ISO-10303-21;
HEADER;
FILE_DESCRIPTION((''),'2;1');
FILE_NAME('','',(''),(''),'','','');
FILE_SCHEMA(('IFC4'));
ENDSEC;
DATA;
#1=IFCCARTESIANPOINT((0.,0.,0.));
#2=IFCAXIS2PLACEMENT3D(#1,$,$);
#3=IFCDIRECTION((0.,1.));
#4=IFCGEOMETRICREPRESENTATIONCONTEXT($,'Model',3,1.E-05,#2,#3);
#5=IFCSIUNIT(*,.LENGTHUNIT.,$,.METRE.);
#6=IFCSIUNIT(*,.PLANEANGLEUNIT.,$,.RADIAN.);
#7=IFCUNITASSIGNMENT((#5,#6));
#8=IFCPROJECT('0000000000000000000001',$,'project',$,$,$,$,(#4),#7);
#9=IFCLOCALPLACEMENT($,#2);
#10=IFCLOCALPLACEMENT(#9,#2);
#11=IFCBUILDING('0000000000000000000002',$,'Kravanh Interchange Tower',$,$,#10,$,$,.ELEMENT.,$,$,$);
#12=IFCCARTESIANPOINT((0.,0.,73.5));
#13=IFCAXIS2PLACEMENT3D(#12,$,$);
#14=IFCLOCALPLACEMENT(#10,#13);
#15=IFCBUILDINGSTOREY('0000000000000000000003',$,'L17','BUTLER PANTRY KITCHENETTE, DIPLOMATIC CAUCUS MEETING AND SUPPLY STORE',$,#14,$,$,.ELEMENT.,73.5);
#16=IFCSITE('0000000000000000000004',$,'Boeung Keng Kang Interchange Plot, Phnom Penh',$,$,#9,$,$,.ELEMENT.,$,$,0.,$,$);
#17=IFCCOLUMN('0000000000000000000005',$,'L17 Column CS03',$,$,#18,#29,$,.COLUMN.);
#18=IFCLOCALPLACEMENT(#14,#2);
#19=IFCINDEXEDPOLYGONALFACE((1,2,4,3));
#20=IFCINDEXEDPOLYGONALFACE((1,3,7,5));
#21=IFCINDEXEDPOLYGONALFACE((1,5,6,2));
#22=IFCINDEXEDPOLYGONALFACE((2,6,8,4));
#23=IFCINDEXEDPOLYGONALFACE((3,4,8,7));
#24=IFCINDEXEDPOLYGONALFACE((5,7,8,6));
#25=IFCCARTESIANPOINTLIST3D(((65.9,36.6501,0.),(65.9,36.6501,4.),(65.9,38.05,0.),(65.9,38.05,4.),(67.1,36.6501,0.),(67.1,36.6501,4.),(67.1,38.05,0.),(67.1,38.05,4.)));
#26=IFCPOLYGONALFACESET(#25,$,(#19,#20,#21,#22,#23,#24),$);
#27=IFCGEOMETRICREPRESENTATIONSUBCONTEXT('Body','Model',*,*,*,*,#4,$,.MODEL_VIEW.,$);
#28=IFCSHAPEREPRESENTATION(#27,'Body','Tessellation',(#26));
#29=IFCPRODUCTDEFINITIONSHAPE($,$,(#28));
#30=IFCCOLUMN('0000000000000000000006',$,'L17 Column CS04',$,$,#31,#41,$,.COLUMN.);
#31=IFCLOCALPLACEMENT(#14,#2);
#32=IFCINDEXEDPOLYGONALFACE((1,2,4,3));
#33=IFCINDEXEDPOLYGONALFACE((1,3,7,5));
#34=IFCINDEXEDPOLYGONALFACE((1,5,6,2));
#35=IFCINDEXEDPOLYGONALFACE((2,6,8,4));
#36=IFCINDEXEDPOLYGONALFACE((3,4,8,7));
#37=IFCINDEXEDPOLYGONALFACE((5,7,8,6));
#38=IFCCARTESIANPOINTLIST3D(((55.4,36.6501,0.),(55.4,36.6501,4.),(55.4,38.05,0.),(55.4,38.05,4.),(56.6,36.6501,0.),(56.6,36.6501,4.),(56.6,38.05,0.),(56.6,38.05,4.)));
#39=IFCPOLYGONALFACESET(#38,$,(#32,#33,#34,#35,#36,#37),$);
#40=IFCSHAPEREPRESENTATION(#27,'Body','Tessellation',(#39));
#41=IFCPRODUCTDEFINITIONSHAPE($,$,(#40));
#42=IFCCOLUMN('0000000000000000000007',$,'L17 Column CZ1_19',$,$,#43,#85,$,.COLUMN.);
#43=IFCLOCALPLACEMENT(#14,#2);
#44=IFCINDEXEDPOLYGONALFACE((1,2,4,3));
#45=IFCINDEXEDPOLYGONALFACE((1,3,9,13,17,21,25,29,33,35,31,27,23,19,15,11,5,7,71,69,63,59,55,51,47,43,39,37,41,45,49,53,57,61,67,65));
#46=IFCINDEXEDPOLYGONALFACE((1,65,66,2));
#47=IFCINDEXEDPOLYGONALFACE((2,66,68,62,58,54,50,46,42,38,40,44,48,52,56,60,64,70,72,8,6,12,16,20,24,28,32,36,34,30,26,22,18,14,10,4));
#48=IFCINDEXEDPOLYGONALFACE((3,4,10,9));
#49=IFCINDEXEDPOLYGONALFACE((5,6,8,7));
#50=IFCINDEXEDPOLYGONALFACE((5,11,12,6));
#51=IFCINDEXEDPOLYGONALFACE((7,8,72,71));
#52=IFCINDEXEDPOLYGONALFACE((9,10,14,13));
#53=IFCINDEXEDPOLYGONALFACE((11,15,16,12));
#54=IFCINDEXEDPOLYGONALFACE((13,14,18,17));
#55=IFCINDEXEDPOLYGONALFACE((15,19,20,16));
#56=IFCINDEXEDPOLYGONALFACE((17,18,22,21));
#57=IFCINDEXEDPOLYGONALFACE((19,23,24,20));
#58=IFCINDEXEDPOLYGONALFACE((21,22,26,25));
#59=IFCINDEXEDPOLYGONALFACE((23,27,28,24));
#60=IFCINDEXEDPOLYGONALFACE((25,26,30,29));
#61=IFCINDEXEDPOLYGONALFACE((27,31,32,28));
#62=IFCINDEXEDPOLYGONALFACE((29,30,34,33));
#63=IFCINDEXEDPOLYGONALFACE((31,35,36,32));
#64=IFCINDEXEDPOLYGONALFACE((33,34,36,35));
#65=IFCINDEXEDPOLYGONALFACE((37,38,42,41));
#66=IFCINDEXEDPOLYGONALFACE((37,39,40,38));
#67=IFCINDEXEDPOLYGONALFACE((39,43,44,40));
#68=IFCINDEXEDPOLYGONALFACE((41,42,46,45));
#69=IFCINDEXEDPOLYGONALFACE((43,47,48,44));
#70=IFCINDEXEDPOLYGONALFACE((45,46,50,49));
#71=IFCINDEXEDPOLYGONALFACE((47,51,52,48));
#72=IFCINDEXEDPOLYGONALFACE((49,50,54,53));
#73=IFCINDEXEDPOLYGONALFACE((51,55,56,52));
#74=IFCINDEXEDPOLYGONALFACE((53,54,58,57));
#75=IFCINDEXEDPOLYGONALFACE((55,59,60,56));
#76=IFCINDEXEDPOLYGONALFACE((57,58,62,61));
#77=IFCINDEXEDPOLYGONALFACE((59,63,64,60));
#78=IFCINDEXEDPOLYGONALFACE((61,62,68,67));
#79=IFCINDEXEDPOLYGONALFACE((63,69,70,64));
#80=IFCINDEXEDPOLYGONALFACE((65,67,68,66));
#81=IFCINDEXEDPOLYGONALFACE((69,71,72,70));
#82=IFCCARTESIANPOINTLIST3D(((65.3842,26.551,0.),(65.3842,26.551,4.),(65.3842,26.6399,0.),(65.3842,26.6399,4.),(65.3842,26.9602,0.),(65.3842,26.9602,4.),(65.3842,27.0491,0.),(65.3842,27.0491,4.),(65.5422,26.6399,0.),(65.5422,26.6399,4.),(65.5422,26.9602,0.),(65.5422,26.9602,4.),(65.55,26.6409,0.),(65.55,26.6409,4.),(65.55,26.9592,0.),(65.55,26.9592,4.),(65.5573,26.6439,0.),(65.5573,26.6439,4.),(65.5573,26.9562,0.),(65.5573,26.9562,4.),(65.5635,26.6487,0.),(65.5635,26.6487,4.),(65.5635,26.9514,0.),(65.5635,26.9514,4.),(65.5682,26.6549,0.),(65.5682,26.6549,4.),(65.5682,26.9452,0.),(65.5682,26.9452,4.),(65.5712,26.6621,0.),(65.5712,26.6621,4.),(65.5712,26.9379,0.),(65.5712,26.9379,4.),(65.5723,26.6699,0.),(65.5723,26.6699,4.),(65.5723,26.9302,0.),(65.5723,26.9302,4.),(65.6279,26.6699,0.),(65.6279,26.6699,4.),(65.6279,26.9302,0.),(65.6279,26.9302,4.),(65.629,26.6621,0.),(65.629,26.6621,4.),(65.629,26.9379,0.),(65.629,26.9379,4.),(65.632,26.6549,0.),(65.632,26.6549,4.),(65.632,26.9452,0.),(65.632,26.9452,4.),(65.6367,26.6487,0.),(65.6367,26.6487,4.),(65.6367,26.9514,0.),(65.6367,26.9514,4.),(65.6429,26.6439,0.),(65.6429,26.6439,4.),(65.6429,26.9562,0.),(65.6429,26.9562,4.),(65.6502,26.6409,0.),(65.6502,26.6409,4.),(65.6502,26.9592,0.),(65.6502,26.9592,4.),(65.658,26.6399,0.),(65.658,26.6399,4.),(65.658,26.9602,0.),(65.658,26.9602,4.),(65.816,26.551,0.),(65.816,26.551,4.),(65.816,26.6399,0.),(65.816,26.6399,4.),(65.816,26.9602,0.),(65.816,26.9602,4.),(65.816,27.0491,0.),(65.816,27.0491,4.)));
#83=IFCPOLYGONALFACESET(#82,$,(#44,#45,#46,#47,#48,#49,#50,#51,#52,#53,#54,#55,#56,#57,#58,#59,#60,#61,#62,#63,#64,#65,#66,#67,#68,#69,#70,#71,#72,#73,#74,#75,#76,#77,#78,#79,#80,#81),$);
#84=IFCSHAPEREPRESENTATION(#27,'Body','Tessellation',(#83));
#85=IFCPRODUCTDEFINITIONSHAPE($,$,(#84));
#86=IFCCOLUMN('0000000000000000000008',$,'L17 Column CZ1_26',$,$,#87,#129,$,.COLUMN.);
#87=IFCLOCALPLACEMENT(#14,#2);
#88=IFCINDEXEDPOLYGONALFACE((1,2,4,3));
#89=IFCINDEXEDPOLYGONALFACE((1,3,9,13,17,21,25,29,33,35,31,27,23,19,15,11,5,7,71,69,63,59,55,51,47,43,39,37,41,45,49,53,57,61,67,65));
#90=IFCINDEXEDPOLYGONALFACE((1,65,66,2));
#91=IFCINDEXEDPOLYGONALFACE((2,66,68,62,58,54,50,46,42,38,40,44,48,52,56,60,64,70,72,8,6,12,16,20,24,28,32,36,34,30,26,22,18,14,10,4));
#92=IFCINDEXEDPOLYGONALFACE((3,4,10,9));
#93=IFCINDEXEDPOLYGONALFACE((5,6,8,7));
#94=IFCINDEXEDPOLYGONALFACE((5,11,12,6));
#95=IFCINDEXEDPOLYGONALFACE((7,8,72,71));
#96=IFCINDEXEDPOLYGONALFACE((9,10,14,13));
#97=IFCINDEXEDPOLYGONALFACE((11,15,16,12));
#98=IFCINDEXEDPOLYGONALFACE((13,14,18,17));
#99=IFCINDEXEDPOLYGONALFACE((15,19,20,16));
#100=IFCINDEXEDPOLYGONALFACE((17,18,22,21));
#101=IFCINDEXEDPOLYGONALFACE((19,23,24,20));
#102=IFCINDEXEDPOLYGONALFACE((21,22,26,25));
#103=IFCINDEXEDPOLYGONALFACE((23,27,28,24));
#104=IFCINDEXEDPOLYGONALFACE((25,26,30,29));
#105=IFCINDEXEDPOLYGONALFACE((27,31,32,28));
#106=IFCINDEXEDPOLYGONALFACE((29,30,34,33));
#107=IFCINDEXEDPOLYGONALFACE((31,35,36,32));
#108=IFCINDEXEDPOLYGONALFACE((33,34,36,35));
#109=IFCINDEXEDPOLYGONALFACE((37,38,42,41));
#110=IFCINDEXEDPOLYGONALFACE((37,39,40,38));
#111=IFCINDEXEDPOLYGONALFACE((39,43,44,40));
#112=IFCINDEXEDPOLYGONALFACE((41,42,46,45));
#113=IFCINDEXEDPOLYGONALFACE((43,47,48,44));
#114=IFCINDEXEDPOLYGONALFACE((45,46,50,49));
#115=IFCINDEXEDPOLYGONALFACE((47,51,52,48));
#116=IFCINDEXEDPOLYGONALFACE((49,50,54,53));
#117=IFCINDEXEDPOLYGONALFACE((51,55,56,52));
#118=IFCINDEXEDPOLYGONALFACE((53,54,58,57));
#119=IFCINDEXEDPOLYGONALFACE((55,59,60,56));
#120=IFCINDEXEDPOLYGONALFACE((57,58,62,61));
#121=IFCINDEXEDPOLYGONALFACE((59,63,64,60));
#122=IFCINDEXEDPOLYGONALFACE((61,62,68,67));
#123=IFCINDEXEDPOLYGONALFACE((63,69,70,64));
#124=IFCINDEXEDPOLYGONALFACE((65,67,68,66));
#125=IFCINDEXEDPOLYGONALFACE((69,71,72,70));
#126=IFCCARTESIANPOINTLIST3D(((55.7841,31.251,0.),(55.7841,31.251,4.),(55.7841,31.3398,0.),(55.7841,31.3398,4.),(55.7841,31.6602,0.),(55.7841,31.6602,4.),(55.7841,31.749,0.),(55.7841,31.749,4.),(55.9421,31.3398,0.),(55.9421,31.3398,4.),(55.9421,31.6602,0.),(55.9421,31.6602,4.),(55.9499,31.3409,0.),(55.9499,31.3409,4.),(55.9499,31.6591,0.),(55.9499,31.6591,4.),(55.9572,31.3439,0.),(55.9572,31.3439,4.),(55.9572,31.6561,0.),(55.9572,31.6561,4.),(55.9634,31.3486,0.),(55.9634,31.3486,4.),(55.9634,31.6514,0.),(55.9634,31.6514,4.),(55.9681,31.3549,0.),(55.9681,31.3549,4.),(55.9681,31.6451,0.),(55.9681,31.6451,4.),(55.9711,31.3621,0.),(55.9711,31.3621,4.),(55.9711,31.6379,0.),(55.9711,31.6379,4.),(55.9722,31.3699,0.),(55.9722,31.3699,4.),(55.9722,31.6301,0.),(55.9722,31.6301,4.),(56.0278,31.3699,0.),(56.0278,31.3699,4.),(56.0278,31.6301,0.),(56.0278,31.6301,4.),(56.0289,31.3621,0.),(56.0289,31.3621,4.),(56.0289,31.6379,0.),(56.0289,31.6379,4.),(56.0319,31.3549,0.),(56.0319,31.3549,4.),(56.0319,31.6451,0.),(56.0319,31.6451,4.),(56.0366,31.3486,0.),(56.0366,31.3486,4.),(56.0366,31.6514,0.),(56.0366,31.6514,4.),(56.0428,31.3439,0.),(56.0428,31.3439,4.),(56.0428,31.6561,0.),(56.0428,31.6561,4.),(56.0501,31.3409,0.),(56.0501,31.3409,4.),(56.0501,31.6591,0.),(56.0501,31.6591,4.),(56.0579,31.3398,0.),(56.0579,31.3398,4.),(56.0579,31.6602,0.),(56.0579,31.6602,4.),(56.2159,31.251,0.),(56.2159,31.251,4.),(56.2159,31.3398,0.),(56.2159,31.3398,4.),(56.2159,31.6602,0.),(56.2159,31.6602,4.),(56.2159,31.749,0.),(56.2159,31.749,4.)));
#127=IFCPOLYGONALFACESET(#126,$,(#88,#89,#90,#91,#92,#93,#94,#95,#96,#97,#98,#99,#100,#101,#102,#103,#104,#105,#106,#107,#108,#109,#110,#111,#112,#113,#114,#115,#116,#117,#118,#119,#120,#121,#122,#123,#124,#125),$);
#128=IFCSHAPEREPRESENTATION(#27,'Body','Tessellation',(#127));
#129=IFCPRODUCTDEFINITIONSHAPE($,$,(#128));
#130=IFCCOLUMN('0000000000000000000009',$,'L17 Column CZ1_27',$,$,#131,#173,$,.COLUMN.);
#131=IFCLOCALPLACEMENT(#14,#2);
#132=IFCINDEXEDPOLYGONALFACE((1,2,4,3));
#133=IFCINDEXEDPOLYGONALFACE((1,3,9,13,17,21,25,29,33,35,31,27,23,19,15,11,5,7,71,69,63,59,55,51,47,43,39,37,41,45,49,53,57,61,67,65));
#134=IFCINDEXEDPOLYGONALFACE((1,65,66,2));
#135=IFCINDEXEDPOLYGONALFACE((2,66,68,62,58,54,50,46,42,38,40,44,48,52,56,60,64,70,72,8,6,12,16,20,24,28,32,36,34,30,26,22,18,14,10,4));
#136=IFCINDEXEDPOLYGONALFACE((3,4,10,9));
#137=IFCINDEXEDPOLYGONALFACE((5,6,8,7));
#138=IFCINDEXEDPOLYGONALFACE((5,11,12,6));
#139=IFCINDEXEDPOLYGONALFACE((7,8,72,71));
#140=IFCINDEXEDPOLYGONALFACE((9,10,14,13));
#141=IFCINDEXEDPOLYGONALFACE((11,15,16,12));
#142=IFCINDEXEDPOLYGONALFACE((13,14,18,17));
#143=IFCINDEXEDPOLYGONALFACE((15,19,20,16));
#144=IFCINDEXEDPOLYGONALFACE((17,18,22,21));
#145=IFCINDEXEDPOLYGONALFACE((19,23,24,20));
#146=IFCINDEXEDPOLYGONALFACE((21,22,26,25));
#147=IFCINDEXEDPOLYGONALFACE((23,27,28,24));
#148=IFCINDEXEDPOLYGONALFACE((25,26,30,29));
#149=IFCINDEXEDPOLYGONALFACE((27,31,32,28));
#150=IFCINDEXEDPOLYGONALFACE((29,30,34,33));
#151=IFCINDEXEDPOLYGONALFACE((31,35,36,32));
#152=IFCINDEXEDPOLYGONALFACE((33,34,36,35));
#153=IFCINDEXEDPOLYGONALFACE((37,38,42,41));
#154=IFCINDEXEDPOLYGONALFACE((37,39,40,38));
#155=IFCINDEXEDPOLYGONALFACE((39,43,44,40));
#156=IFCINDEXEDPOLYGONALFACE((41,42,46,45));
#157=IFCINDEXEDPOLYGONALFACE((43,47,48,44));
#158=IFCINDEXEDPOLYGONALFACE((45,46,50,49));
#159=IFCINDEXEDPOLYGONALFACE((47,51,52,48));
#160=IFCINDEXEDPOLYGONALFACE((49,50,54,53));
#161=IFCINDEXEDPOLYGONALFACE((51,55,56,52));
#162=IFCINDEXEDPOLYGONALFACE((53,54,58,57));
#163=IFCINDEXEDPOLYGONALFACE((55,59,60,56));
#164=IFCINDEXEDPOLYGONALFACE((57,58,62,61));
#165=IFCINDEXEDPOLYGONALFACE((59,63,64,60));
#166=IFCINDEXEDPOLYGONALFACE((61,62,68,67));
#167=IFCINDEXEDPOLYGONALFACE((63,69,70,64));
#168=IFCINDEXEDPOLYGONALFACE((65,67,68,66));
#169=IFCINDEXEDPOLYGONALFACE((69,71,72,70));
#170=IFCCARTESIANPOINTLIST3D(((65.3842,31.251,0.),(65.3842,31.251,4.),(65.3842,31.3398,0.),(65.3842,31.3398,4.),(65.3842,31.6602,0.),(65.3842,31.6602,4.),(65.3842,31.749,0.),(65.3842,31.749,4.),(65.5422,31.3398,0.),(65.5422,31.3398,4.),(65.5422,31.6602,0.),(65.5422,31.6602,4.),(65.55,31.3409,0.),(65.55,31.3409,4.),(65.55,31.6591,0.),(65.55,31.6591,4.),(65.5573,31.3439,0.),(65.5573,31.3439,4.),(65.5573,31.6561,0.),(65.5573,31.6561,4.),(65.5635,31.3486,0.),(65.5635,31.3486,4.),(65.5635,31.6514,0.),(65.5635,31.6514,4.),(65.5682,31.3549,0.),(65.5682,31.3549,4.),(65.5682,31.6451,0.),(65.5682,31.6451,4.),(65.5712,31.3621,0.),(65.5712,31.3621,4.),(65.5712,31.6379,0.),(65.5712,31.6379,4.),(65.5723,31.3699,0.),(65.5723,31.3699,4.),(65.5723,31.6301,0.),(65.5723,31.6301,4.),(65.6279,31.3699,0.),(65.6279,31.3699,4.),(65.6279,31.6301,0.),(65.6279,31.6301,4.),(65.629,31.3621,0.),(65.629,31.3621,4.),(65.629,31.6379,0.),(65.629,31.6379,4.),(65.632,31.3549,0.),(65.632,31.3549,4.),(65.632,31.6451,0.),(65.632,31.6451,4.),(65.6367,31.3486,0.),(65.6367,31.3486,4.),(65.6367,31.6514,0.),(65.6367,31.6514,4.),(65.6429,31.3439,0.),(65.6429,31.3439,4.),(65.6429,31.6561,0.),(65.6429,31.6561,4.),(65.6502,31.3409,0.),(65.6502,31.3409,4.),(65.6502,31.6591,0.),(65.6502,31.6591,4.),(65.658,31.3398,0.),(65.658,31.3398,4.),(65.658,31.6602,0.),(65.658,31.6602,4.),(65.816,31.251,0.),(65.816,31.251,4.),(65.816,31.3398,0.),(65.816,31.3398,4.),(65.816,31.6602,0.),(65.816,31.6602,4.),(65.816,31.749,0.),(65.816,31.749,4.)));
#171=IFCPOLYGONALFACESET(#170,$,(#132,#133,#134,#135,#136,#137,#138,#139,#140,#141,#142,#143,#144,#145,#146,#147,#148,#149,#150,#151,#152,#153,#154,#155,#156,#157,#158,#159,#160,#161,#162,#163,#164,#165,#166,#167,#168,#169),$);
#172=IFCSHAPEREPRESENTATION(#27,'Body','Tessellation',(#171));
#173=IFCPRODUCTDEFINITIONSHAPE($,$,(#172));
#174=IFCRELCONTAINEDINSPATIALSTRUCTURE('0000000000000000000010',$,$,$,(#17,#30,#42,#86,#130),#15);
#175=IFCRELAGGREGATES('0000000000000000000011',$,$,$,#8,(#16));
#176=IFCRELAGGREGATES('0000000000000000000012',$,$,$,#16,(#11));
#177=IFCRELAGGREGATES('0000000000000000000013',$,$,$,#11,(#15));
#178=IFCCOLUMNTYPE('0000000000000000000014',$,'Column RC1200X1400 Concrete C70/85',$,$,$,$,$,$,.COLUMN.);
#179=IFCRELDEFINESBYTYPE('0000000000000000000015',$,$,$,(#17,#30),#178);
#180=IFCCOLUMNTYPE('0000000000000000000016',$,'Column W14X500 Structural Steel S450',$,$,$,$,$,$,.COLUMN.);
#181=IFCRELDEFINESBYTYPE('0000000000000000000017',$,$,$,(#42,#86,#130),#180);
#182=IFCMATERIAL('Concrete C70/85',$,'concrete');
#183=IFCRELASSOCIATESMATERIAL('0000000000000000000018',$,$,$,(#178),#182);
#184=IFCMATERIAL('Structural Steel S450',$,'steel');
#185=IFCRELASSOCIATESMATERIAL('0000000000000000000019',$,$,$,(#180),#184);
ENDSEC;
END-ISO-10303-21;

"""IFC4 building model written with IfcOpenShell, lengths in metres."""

from ifc_helpers import new_model, si_unit, direction, frame, origin, origin_2d, place, context, subcontext, project, spatial, rectangle, i_section, extrude, material, material_profile, profile_set, type_object, element, save


model = new_model("IFC4")

# Units and contexts
model_context = context("Model", 3, precision=1e-05, world=origin(), true_north=direction((0.0, 1.0)))
body_context = subcontext(model_context, "Body", "Model", "MODEL_VIEW")
ifc_project = project(units=[si_unit("LENGTHUNIT", "METRE"), si_unit("PLANEANGLEUNIT", "RADIAN")], contexts=[model_context])

# Site, building, storey
site_placement = place(None, origin())
site = spatial("IfcSite", under=ifc_project, at=site_placement, Name="Boeung Keng Kang Interchange Plot, Phnom Penh", CompositionType="ELEMENT", RefElevation=0.0)
building_placement = place(site_placement, origin())
building = spatial("IfcBuilding", under=site, at=building_placement, Name="Kravanh Interchange Tower", CompositionType="ELEMENT")
storey_placement = place(building_placement, frame((0.0, 0.0, 73.5)))
storey = spatial("IfcBuildingStorey", under=building, at=storey_placement, Name="L17", Description="BUTLER PANTRY KITCHENETTE, DIPLOMATIC CAUCUS MEETING AND SUPPLY STORE", CompositionType="ELEMENT", Elevation=73.5)

# Columns
ifc_material_1 = material(Name="Concrete C70/85", Category="concrete")
ifc_material_profile_1 = material_profile(ifc_material_1, rectangle(XDim=1.2, YDim=1.3999, at=origin_2d()), Name="RC1200X1400")
ifc_profile_set_1 = profile_set([ifc_material_profile_1], Name="Concrete C70/85")
column_type_1 = type_object("IfcColumnType", Name="Column RC1200X1400 Concrete C70/85", PredefinedType="COLUMN", material=ifc_profile_set_1)
for number, where, z_axis, x_axis, name in (
    (1, (66.5, 37.3501, 0.0), (0.0, 0.0, 1.0), (1.0, 0.0, 0.0), "L17 Column CS03"),
    (2, (56.0, 37.3501, 0.0), (0.0, 0.0, 1.0), (1.0, 0.0, 0.0), "L17 Column CS04"),
):
    element("IfcColumn", number, at=place(storey_placement, frame(where, z_axis=z_axis, x_axis=x_axis)), inside=storey, type_object=column_type_1, Name=name, PredefinedType="COLUMN", context=body_context, shape_type="SweptSolid", body=[
        extrude(rectangle(XDim=1.2, YDim=1.3999, at=origin_2d()), origin(), (0.0, 0.0, 1.0), 4.0),
    ])
ifc_material_2 = material(Name="Structural Steel S450", Category="steel")
ifc_material_profile_2 = material_profile(ifc_material_2, i_section(OverallWidth=0.4319, OverallDepth=0.498, WebThickness=0.0557, FlangeThickness=0.0889, FilletRadius=0.03, at=origin_2d()), Name="W14X500")
ifc_profile_set_2 = profile_set([ifc_material_profile_2], Name="Structural Steel S450")
column_type_2 = type_object("IfcColumnType", Name="Column W14X500 Structural Steel S450", PredefinedType="COLUMN", material=ifc_profile_set_2)
for number, where, z_axis, x_axis, name in (
    (3, (65.6001, 26.8, 0.0), (0.0, 0.0, 1.0), (1.0, 0.0, 0.0), "L17 Column CZ1_19"),
    (4, (56.0, 31.5, 0.0), (0.0, 0.0, 1.0), (1.0, 0.0, 0.0), "L17 Column CZ1_26"),
    (5, (65.6001, 31.5, 0.0), (0.0, 0.0, 1.0), (1.0, 0.0, 0.0), "L17 Column CZ1_27"),
):
    element("IfcColumn", number, at=place(storey_placement, frame(where, z_axis=z_axis, x_axis=x_axis)), inside=storey, type_object=column_type_2, Name=name, PredefinedType="COLUMN", context=body_context, shape_type="SweptSolid", body=[
        extrude(i_section(OverallWidth=0.4319, OverallDepth=0.498, WebThickness=0.0557, FlangeThickness=0.0889, FilletRadius=0.03, at=origin_2d()), origin(), (0.0, 0.0, 1.0), 4.0),
    ])

save(model, "model.ifc")
